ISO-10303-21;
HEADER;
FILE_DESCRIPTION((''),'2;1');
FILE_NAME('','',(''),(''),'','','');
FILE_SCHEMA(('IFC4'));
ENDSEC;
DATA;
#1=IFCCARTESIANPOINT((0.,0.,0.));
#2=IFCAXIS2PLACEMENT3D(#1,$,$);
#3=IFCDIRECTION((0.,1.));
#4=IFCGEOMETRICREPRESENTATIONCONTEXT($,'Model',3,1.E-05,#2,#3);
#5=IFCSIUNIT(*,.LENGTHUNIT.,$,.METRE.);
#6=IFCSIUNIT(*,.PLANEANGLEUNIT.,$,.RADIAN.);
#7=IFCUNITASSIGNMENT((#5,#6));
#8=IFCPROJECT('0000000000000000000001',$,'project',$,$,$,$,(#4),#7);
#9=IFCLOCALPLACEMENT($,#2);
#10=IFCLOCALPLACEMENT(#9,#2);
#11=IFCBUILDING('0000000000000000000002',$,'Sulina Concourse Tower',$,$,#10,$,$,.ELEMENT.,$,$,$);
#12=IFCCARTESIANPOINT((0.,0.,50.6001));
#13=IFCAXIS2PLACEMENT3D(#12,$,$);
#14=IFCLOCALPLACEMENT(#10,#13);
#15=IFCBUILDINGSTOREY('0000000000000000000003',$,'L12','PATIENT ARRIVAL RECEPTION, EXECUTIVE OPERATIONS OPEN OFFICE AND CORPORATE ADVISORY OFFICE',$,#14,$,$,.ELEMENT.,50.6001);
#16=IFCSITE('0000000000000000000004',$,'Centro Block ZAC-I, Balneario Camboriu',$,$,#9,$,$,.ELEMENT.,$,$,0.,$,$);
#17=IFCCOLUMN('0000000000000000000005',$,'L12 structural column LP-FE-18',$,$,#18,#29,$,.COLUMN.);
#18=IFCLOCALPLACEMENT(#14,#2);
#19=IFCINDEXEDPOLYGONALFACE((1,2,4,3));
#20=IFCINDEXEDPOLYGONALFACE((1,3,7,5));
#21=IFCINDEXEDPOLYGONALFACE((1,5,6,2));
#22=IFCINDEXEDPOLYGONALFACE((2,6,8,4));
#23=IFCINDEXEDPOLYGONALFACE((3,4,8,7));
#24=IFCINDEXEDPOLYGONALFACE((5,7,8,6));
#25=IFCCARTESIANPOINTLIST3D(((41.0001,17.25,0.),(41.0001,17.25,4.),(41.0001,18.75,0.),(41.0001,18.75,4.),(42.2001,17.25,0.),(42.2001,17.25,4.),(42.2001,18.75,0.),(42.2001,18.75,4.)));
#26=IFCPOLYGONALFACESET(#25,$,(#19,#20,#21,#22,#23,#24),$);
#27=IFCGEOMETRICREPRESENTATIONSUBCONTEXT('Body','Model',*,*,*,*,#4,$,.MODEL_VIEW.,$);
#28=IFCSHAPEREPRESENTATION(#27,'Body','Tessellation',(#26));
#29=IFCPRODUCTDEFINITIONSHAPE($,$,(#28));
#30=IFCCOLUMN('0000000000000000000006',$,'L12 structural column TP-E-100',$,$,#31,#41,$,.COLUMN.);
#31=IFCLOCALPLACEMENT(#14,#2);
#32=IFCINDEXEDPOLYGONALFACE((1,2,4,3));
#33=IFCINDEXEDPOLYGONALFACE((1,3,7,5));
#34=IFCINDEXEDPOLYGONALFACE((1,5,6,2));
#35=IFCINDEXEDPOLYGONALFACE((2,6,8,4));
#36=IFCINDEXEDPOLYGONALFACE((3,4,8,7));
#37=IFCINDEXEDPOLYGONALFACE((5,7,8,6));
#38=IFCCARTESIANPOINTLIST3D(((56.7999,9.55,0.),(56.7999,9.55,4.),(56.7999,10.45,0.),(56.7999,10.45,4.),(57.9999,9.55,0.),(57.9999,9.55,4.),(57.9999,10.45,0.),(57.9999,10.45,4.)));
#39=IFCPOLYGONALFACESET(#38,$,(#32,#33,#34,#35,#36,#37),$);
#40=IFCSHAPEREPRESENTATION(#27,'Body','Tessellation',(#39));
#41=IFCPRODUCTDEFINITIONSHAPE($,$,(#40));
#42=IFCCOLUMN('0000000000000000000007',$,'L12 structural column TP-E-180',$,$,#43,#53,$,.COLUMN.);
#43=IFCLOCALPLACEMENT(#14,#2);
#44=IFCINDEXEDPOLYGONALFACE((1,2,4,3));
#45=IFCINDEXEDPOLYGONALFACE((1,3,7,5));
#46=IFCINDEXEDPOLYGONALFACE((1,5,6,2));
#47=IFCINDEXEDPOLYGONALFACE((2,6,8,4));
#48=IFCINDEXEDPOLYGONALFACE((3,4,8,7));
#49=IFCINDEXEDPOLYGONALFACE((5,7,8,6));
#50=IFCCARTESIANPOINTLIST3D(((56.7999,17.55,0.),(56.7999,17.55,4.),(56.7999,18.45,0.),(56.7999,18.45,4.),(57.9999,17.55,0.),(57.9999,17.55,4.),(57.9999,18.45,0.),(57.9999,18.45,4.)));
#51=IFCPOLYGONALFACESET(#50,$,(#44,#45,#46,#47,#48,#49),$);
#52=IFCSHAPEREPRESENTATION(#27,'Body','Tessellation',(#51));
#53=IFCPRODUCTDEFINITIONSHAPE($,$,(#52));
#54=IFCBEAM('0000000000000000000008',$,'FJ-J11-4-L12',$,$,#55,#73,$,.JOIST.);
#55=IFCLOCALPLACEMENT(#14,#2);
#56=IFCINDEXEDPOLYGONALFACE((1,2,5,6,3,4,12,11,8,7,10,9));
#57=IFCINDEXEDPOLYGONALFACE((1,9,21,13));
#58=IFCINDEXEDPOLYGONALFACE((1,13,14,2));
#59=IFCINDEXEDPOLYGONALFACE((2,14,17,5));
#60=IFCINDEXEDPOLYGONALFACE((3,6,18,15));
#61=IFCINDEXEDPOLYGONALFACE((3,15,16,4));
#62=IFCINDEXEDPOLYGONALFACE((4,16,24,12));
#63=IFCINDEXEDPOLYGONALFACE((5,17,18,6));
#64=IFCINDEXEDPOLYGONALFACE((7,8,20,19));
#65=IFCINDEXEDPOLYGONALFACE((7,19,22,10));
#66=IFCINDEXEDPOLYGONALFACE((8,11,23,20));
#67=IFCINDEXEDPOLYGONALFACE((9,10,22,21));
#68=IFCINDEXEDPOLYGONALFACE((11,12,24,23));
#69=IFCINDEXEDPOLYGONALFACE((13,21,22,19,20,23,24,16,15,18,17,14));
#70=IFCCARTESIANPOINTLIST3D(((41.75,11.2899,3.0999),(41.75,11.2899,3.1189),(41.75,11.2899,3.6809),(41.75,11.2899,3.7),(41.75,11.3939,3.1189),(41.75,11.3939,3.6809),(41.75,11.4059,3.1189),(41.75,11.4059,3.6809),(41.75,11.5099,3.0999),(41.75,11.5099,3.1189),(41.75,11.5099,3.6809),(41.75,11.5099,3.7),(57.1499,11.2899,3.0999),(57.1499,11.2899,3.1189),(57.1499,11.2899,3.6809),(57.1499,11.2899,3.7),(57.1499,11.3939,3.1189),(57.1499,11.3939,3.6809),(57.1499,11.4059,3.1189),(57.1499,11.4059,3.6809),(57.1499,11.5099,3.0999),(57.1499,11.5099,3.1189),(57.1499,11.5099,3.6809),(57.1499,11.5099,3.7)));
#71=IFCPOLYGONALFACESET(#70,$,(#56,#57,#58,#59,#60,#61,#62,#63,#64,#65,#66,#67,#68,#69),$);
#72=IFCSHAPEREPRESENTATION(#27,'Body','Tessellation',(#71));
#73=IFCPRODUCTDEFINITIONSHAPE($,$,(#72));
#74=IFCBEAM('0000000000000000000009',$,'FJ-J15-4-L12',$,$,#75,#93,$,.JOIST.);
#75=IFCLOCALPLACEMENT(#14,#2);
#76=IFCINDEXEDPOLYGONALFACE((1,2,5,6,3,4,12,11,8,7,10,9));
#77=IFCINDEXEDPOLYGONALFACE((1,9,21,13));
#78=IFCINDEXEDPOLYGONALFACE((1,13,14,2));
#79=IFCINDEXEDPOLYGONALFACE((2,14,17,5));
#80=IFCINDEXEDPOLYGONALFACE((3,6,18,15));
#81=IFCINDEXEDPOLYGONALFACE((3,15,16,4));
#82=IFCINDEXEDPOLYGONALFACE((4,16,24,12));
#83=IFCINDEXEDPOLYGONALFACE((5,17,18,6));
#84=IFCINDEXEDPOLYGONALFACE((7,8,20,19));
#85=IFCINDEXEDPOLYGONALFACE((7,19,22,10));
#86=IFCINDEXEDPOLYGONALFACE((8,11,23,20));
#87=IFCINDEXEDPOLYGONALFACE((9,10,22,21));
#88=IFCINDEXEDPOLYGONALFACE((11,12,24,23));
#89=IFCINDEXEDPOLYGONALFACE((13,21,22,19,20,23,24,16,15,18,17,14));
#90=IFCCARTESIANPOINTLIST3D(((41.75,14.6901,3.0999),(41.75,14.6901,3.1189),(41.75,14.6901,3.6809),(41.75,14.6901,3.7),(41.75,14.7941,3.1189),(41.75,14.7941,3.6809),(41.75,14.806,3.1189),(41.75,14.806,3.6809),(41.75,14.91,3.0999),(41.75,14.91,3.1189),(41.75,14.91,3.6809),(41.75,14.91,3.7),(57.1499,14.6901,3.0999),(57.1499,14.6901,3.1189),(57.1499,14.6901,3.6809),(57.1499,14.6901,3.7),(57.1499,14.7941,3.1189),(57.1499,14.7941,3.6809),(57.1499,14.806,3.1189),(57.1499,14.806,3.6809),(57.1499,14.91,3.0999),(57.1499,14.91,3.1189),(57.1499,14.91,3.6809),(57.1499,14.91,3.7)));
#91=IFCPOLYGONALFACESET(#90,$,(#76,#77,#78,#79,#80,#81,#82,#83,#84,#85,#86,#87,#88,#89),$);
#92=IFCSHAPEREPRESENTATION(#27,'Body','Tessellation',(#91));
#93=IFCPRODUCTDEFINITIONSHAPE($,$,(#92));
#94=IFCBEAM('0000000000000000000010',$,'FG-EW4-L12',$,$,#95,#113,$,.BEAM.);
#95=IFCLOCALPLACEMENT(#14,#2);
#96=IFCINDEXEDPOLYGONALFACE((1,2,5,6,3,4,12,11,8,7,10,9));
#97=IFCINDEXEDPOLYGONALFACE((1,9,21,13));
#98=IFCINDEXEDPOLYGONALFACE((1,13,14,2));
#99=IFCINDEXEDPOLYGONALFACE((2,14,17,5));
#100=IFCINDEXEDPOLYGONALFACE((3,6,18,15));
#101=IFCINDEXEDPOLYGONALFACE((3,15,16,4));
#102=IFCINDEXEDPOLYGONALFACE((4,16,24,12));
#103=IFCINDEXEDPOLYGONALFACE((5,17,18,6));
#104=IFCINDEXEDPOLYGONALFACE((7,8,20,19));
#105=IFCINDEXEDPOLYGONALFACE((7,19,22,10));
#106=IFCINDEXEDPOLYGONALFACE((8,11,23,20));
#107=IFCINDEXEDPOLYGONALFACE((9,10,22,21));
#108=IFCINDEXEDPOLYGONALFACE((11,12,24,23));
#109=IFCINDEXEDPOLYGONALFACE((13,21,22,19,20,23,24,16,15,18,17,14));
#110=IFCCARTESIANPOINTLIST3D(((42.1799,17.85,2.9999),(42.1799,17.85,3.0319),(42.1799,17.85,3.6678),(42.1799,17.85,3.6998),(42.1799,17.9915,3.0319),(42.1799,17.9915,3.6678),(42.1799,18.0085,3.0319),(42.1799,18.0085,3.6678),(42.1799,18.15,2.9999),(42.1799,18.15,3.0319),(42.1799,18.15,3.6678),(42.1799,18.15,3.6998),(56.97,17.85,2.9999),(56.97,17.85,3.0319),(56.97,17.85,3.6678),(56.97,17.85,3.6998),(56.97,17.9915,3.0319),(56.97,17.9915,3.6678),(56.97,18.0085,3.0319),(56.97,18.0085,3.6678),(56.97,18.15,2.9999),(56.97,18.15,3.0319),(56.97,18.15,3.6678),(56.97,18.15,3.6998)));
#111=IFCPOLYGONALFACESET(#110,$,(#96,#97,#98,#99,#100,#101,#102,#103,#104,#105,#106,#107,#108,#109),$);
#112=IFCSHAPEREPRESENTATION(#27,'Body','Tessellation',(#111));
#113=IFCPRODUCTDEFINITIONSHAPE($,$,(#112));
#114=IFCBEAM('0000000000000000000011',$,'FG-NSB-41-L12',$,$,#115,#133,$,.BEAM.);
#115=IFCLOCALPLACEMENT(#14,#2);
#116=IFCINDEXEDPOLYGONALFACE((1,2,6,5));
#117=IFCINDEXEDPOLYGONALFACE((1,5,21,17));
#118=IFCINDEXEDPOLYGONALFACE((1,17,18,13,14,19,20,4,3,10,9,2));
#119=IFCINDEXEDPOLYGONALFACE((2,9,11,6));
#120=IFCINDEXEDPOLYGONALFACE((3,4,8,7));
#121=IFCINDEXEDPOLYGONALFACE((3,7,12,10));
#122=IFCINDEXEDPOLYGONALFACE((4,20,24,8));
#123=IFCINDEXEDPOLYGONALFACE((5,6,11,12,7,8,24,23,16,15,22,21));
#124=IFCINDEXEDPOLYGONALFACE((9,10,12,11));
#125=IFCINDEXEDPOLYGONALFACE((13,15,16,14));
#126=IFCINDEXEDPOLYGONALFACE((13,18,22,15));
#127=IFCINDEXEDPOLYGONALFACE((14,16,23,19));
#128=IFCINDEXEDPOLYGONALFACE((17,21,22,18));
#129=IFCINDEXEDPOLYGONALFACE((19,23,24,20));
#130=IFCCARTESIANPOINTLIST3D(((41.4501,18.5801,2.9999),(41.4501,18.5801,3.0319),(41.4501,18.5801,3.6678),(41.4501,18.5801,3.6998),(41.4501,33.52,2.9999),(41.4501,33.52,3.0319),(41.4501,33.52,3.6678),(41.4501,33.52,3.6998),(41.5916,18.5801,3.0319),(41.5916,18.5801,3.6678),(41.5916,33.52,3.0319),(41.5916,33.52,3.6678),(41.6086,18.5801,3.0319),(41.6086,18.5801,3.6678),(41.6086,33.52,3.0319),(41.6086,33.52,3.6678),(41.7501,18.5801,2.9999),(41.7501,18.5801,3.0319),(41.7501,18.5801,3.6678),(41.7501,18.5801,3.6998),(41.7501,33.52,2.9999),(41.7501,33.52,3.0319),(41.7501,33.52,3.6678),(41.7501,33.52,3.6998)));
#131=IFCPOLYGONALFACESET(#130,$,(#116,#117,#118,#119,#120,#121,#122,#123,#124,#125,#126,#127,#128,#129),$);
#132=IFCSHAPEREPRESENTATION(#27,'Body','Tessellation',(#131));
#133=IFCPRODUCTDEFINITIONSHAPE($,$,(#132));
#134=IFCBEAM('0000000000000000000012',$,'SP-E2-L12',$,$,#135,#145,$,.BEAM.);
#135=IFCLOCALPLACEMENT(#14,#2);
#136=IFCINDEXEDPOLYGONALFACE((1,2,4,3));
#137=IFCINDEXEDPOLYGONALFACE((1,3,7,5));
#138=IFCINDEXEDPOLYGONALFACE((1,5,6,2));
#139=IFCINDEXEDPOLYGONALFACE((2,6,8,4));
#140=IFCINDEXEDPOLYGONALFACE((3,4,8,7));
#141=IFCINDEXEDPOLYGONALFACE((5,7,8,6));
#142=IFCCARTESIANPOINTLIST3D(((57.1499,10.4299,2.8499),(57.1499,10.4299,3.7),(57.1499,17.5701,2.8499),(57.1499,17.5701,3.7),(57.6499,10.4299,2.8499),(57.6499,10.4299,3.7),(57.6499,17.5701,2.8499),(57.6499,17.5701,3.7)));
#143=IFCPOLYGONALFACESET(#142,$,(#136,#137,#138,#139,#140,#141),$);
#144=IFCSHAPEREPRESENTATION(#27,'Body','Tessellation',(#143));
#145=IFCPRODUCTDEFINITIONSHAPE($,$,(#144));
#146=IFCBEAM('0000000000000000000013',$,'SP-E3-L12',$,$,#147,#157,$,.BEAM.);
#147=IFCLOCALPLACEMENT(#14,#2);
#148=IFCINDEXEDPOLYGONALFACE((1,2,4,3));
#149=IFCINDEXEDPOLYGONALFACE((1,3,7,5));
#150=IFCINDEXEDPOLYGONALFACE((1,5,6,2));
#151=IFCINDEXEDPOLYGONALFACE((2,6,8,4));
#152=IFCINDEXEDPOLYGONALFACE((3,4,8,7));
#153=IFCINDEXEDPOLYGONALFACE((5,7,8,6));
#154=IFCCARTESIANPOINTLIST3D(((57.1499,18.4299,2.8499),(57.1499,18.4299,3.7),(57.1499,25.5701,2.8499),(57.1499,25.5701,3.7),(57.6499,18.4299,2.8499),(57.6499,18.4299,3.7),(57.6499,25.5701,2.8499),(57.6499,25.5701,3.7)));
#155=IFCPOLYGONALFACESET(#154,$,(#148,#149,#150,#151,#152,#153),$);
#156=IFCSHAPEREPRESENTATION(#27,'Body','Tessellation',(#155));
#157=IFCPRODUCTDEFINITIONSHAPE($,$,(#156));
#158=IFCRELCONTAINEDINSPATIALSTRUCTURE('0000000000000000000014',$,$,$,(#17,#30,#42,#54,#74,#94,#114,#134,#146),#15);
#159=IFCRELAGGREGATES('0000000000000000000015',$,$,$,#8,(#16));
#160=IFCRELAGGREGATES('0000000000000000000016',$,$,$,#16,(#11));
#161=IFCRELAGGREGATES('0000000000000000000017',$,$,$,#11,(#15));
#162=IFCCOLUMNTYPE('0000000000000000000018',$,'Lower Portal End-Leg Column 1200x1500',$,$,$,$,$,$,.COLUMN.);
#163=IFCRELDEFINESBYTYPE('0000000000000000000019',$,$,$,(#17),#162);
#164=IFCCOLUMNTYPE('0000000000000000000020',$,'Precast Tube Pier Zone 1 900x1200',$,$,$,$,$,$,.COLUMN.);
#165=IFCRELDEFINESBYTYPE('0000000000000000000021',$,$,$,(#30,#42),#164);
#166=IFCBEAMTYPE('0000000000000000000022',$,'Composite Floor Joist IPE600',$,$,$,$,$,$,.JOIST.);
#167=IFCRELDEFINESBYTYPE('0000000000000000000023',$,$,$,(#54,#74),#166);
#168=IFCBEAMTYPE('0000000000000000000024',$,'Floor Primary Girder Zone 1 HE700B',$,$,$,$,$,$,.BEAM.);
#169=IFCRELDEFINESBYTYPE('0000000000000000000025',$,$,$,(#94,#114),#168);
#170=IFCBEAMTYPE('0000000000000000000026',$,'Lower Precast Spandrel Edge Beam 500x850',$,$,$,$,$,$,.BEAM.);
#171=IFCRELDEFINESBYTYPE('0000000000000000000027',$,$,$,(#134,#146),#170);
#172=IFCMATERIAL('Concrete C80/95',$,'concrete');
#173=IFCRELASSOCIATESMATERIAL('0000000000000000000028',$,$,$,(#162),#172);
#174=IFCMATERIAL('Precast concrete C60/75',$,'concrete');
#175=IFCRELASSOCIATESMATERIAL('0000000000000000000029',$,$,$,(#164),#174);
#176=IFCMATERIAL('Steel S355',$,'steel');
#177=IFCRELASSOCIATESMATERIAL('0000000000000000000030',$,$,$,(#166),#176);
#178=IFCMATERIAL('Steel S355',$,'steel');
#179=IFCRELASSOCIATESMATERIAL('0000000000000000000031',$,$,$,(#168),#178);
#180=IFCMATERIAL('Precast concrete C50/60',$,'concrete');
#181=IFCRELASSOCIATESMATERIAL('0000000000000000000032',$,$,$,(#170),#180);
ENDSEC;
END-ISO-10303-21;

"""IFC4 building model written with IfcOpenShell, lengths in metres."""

from ifc_helpers import new_model, si_unit, direction, frame, origin, origin_2d, place, context, subcontext, project, spatial, rectangle, i_section, extrude, material, material_profile, profile_set, type_object, element, save


model = new_model("IFC4")

# Units and contexts
model_context = context("Model", 3, precision=1e-05, world=origin(), true_north=direction((0.0, 1.0)))
body_context = subcontext(model_context, "Body", "Model", "MODEL_VIEW")
ifc_project = project(units=[si_unit("LENGTHUNIT", "METRE"), si_unit("PLANEANGLEUNIT", "RADIAN")], contexts=[model_context])

# Site, building, storey
site_placement = place(None, origin())
site = spatial("IfcSite", under=ifc_project, at=site_placement, Name="Centro Block ZAC-I, Balneario Camboriu", CompositionType="ELEMENT", RefElevation=0.0)
building_placement = place(site_placement, origin())
building = spatial("IfcBuilding", under=site, at=building_placement, Name="Sulina Concourse Tower", CompositionType="ELEMENT")
storey_placement = place(building_placement, frame((0.0, 0.0, 50.6001)))
storey = spatial("IfcBuildingStorey", under=building, at=storey_placement, Name="L12", Description="PATIENT ARRIVAL RECEPTION, EXECUTIVE OPERATIONS OPEN OFFICE AND CORPORATE ADVISORY OFFICE", CompositionType="ELEMENT", Elevation=50.6001)

# Columns
ifc_material_1 = material(Name="Concrete C80/95", Category="concrete")
ifc_material_profile_1 = material_profile(ifc_material_1, rectangle(XDim=1.2, YDim=1.5, at=origin_2d()), Name="RC 1200x1500")
ifc_profile_set_1 = profile_set([ifc_material_profile_1], Name="Concrete C80/95")
column_type_1 = type_object("IfcColumnType", Name="Lower Portal End-Leg Column 1200x1500", PredefinedType="COLUMN", material=ifc_profile_set_1)
column_placement = place(storey_placement, frame((41.6001, 18.0, 0.0), z_axis=(0.0, 0.0, 1.0), x_axis=(1.0, 0.0, 0.0)))
element("IfcColumn", 1, at=column_placement, inside=storey, type_object=column_type_1, Name="L12 structural column LP-FE-18", PredefinedType="COLUMN", context=body_context, shape_type="SweptSolid", body=[
    extrude(rectangle(XDim=1.2, YDim=1.5, at=origin_2d()), origin(), (0.0, 0.0, 1.0), 4.0),
])
ifc_material_2 = material(Name="Precast concrete C60/75", Category="concrete")
ifc_material_profile_2 = material_profile(ifc_material_2, rectangle(XDim=0.8999, YDim=1.2, at=origin_2d()), Name="PC 900x1200")
ifc_profile_set_2 = profile_set([ifc_material_profile_2], Name="Precast concrete C60/75")
column_type_2 = type_object("IfcColumnType", Name="Precast Tube Pier Zone 1 900x1200", PredefinedType="COLUMN", material=ifc_profile_set_2)
for number, where, z_axis, x_axis, name in (
    (2, (57.3999, 10.0, 0.0), (0.0, 0.0, 1.0), (0.0, 1.0, 0.0), "L12 structural column TP-E-100"),
    (3, (57.3999, 18.0, 0.0), (0.0, 0.0, 1.0), (0.0, 1.0, 0.0), "L12 structural column TP-E-180"),
):
    element("IfcColumn", number, at=place(storey_placement, frame(where, z_axis=z_axis, x_axis=x_axis)), inside=storey, type_object=column_type_2, Name=name, PredefinedType="COLUMN", context=body_context, shape_type="SweptSolid", body=[
        extrude(rectangle(XDim=0.8999, YDim=1.2, at=origin_2d()), origin(), (0.0, 0.0, 1.0), 4.0),
    ])

# Beams
ifc_material_3 = material(Name="Steel S355", Category="steel")
ifc_material_profile_3 = material_profile(ifc_material_3, i_section(OverallWidth=0.22, OverallDepth=0.6001, WebThickness=0.012, FlangeThickness=0.019, at=origin_2d()), Name="IPE 600")
ifc_profile_set_3 = profile_set([ifc_material_profile_3], Name="Steel S355")
beam_type_1 = type_object("IfcBeamType", Name="Composite Floor Joist IPE600", PredefinedType="JOIST", material=ifc_profile_set_3)
for number, where, z_axis, x_axis, name in (
    (4, (41.75, 11.3999, 3.3999), (1.0, 0.0, 0.0), (0.0, 1.0, 0.0), "FJ-J11-4-L12"),
    (5, (41.75, 14.8, 3.3999), (1.0, 0.0, 0.0), (0.0, 1.0, 0.0), "FJ-J15-4-L12"),
):
    element("IfcBeam", number, at=place(storey_placement, frame(where, z_axis=z_axis, x_axis=x_axis)), inside=storey, type_object=beam_type_1, Name=name, PredefinedType="JOIST", context=body_context, shape_type="SweptSolid", body=[
        extrude(i_section(OverallWidth=0.22, OverallDepth=0.6001, WebThickness=0.012, FlangeThickness=0.019, at=origin_2d()), origin(), (0.0, 0.0, 1.0), 15.3999),
    ])
ifc_material_4 = material(Name="Steel S355", Category="steel")
ifc_material_profile_4 = material_profile(ifc_material_4, i_section(OverallWidth=0.3, OverallDepth=0.7, WebThickness=0.0171, FlangeThickness=0.032, at=origin_2d()), Name="HE 700 B")
ifc_profile_set_4 = profile_set([ifc_material_profile_4], Name="Steel S355")
beam_type_2 = type_object("IfcBeamType", Name="Floor Primary Girder Zone 1 HE700B", PredefinedType="BEAM", material=ifc_profile_set_4)
beam_1_placement = place(storey_placement, frame((42.1799, 18.0, 3.3499), z_axis=(1.0, 0.0, 0.0), x_axis=(0.0, 1.0, 0.0)))
element("IfcBeam", 6, at=beam_1_placement, inside=storey, type_object=beam_type_2, Name="FG-EW4-L12", PredefinedType="BEAM", context=body_context, shape_type="SweptSolid", body=[
    extrude(i_section(OverallWidth=0.3, OverallDepth=0.7, WebThickness=0.0171, FlangeThickness=0.032, at=origin_2d()), origin(), (0.0, 0.0, 1.0), 14.79),
])
beam_2_placement = place(storey_placement, frame((41.6001, 18.5801, 3.3499), z_axis=(0.0, 1.0, 0.0), x_axis=(-1.0, 0.0, 0.0)))
element("IfcBeam", 7, at=beam_2_placement, inside=storey, type_object=beam_type_2, Name="FG-NSB-41-L12", PredefinedType="BEAM", context=body_context, shape_type="SweptSolid", body=[
    extrude(i_section(OverallWidth=0.3, OverallDepth=0.7, WebThickness=0.0171, FlangeThickness=0.032, at=origin_2d()), origin(), (0.0, 0.0, 1.0), 14.9399),
])
ifc_material_5 = material(Name="Precast concrete C50/60", Category="concrete")
ifc_material_profile_5 = material_profile(ifc_material_5, rectangle(XDim=0.5, YDim=0.8501, at=origin_2d()), Name="RC 500x850")
ifc_profile_set_5 = profile_set([ifc_material_profile_5], Name="Precast concrete C50/60")
beam_type_3 = type_object("IfcBeamType", Name="Lower Precast Spandrel Edge Beam 500x850", PredefinedType="BEAM", material=ifc_profile_set_5)
for number, where, z_axis, x_axis, name in (
    (8, (57.3999, 10.4299, 3.2749), (0.0, 1.0, 0.0), (-1.0, 0.0, 0.0), "SP-E2-L12"),
    (9, (57.3999, 18.4299, 3.2749), (0.0, 1.0, 0.0), (-1.0, 0.0, 0.0), "SP-E3-L12"),
):
    element("IfcBeam", number, at=place(storey_placement, frame(where, z_axis=z_axis, x_axis=x_axis)), inside=storey, type_object=beam_type_3, Name=name, PredefinedType="BEAM", context=body_context, shape_type="SweptSolid", body=[
        extrude(rectangle(XDim=0.5, YDim=0.8501, at=origin_2d()), origin(), (0.0, 0.0, 1.0), 7.1401),
    ])

save(model, "model.ifc")
